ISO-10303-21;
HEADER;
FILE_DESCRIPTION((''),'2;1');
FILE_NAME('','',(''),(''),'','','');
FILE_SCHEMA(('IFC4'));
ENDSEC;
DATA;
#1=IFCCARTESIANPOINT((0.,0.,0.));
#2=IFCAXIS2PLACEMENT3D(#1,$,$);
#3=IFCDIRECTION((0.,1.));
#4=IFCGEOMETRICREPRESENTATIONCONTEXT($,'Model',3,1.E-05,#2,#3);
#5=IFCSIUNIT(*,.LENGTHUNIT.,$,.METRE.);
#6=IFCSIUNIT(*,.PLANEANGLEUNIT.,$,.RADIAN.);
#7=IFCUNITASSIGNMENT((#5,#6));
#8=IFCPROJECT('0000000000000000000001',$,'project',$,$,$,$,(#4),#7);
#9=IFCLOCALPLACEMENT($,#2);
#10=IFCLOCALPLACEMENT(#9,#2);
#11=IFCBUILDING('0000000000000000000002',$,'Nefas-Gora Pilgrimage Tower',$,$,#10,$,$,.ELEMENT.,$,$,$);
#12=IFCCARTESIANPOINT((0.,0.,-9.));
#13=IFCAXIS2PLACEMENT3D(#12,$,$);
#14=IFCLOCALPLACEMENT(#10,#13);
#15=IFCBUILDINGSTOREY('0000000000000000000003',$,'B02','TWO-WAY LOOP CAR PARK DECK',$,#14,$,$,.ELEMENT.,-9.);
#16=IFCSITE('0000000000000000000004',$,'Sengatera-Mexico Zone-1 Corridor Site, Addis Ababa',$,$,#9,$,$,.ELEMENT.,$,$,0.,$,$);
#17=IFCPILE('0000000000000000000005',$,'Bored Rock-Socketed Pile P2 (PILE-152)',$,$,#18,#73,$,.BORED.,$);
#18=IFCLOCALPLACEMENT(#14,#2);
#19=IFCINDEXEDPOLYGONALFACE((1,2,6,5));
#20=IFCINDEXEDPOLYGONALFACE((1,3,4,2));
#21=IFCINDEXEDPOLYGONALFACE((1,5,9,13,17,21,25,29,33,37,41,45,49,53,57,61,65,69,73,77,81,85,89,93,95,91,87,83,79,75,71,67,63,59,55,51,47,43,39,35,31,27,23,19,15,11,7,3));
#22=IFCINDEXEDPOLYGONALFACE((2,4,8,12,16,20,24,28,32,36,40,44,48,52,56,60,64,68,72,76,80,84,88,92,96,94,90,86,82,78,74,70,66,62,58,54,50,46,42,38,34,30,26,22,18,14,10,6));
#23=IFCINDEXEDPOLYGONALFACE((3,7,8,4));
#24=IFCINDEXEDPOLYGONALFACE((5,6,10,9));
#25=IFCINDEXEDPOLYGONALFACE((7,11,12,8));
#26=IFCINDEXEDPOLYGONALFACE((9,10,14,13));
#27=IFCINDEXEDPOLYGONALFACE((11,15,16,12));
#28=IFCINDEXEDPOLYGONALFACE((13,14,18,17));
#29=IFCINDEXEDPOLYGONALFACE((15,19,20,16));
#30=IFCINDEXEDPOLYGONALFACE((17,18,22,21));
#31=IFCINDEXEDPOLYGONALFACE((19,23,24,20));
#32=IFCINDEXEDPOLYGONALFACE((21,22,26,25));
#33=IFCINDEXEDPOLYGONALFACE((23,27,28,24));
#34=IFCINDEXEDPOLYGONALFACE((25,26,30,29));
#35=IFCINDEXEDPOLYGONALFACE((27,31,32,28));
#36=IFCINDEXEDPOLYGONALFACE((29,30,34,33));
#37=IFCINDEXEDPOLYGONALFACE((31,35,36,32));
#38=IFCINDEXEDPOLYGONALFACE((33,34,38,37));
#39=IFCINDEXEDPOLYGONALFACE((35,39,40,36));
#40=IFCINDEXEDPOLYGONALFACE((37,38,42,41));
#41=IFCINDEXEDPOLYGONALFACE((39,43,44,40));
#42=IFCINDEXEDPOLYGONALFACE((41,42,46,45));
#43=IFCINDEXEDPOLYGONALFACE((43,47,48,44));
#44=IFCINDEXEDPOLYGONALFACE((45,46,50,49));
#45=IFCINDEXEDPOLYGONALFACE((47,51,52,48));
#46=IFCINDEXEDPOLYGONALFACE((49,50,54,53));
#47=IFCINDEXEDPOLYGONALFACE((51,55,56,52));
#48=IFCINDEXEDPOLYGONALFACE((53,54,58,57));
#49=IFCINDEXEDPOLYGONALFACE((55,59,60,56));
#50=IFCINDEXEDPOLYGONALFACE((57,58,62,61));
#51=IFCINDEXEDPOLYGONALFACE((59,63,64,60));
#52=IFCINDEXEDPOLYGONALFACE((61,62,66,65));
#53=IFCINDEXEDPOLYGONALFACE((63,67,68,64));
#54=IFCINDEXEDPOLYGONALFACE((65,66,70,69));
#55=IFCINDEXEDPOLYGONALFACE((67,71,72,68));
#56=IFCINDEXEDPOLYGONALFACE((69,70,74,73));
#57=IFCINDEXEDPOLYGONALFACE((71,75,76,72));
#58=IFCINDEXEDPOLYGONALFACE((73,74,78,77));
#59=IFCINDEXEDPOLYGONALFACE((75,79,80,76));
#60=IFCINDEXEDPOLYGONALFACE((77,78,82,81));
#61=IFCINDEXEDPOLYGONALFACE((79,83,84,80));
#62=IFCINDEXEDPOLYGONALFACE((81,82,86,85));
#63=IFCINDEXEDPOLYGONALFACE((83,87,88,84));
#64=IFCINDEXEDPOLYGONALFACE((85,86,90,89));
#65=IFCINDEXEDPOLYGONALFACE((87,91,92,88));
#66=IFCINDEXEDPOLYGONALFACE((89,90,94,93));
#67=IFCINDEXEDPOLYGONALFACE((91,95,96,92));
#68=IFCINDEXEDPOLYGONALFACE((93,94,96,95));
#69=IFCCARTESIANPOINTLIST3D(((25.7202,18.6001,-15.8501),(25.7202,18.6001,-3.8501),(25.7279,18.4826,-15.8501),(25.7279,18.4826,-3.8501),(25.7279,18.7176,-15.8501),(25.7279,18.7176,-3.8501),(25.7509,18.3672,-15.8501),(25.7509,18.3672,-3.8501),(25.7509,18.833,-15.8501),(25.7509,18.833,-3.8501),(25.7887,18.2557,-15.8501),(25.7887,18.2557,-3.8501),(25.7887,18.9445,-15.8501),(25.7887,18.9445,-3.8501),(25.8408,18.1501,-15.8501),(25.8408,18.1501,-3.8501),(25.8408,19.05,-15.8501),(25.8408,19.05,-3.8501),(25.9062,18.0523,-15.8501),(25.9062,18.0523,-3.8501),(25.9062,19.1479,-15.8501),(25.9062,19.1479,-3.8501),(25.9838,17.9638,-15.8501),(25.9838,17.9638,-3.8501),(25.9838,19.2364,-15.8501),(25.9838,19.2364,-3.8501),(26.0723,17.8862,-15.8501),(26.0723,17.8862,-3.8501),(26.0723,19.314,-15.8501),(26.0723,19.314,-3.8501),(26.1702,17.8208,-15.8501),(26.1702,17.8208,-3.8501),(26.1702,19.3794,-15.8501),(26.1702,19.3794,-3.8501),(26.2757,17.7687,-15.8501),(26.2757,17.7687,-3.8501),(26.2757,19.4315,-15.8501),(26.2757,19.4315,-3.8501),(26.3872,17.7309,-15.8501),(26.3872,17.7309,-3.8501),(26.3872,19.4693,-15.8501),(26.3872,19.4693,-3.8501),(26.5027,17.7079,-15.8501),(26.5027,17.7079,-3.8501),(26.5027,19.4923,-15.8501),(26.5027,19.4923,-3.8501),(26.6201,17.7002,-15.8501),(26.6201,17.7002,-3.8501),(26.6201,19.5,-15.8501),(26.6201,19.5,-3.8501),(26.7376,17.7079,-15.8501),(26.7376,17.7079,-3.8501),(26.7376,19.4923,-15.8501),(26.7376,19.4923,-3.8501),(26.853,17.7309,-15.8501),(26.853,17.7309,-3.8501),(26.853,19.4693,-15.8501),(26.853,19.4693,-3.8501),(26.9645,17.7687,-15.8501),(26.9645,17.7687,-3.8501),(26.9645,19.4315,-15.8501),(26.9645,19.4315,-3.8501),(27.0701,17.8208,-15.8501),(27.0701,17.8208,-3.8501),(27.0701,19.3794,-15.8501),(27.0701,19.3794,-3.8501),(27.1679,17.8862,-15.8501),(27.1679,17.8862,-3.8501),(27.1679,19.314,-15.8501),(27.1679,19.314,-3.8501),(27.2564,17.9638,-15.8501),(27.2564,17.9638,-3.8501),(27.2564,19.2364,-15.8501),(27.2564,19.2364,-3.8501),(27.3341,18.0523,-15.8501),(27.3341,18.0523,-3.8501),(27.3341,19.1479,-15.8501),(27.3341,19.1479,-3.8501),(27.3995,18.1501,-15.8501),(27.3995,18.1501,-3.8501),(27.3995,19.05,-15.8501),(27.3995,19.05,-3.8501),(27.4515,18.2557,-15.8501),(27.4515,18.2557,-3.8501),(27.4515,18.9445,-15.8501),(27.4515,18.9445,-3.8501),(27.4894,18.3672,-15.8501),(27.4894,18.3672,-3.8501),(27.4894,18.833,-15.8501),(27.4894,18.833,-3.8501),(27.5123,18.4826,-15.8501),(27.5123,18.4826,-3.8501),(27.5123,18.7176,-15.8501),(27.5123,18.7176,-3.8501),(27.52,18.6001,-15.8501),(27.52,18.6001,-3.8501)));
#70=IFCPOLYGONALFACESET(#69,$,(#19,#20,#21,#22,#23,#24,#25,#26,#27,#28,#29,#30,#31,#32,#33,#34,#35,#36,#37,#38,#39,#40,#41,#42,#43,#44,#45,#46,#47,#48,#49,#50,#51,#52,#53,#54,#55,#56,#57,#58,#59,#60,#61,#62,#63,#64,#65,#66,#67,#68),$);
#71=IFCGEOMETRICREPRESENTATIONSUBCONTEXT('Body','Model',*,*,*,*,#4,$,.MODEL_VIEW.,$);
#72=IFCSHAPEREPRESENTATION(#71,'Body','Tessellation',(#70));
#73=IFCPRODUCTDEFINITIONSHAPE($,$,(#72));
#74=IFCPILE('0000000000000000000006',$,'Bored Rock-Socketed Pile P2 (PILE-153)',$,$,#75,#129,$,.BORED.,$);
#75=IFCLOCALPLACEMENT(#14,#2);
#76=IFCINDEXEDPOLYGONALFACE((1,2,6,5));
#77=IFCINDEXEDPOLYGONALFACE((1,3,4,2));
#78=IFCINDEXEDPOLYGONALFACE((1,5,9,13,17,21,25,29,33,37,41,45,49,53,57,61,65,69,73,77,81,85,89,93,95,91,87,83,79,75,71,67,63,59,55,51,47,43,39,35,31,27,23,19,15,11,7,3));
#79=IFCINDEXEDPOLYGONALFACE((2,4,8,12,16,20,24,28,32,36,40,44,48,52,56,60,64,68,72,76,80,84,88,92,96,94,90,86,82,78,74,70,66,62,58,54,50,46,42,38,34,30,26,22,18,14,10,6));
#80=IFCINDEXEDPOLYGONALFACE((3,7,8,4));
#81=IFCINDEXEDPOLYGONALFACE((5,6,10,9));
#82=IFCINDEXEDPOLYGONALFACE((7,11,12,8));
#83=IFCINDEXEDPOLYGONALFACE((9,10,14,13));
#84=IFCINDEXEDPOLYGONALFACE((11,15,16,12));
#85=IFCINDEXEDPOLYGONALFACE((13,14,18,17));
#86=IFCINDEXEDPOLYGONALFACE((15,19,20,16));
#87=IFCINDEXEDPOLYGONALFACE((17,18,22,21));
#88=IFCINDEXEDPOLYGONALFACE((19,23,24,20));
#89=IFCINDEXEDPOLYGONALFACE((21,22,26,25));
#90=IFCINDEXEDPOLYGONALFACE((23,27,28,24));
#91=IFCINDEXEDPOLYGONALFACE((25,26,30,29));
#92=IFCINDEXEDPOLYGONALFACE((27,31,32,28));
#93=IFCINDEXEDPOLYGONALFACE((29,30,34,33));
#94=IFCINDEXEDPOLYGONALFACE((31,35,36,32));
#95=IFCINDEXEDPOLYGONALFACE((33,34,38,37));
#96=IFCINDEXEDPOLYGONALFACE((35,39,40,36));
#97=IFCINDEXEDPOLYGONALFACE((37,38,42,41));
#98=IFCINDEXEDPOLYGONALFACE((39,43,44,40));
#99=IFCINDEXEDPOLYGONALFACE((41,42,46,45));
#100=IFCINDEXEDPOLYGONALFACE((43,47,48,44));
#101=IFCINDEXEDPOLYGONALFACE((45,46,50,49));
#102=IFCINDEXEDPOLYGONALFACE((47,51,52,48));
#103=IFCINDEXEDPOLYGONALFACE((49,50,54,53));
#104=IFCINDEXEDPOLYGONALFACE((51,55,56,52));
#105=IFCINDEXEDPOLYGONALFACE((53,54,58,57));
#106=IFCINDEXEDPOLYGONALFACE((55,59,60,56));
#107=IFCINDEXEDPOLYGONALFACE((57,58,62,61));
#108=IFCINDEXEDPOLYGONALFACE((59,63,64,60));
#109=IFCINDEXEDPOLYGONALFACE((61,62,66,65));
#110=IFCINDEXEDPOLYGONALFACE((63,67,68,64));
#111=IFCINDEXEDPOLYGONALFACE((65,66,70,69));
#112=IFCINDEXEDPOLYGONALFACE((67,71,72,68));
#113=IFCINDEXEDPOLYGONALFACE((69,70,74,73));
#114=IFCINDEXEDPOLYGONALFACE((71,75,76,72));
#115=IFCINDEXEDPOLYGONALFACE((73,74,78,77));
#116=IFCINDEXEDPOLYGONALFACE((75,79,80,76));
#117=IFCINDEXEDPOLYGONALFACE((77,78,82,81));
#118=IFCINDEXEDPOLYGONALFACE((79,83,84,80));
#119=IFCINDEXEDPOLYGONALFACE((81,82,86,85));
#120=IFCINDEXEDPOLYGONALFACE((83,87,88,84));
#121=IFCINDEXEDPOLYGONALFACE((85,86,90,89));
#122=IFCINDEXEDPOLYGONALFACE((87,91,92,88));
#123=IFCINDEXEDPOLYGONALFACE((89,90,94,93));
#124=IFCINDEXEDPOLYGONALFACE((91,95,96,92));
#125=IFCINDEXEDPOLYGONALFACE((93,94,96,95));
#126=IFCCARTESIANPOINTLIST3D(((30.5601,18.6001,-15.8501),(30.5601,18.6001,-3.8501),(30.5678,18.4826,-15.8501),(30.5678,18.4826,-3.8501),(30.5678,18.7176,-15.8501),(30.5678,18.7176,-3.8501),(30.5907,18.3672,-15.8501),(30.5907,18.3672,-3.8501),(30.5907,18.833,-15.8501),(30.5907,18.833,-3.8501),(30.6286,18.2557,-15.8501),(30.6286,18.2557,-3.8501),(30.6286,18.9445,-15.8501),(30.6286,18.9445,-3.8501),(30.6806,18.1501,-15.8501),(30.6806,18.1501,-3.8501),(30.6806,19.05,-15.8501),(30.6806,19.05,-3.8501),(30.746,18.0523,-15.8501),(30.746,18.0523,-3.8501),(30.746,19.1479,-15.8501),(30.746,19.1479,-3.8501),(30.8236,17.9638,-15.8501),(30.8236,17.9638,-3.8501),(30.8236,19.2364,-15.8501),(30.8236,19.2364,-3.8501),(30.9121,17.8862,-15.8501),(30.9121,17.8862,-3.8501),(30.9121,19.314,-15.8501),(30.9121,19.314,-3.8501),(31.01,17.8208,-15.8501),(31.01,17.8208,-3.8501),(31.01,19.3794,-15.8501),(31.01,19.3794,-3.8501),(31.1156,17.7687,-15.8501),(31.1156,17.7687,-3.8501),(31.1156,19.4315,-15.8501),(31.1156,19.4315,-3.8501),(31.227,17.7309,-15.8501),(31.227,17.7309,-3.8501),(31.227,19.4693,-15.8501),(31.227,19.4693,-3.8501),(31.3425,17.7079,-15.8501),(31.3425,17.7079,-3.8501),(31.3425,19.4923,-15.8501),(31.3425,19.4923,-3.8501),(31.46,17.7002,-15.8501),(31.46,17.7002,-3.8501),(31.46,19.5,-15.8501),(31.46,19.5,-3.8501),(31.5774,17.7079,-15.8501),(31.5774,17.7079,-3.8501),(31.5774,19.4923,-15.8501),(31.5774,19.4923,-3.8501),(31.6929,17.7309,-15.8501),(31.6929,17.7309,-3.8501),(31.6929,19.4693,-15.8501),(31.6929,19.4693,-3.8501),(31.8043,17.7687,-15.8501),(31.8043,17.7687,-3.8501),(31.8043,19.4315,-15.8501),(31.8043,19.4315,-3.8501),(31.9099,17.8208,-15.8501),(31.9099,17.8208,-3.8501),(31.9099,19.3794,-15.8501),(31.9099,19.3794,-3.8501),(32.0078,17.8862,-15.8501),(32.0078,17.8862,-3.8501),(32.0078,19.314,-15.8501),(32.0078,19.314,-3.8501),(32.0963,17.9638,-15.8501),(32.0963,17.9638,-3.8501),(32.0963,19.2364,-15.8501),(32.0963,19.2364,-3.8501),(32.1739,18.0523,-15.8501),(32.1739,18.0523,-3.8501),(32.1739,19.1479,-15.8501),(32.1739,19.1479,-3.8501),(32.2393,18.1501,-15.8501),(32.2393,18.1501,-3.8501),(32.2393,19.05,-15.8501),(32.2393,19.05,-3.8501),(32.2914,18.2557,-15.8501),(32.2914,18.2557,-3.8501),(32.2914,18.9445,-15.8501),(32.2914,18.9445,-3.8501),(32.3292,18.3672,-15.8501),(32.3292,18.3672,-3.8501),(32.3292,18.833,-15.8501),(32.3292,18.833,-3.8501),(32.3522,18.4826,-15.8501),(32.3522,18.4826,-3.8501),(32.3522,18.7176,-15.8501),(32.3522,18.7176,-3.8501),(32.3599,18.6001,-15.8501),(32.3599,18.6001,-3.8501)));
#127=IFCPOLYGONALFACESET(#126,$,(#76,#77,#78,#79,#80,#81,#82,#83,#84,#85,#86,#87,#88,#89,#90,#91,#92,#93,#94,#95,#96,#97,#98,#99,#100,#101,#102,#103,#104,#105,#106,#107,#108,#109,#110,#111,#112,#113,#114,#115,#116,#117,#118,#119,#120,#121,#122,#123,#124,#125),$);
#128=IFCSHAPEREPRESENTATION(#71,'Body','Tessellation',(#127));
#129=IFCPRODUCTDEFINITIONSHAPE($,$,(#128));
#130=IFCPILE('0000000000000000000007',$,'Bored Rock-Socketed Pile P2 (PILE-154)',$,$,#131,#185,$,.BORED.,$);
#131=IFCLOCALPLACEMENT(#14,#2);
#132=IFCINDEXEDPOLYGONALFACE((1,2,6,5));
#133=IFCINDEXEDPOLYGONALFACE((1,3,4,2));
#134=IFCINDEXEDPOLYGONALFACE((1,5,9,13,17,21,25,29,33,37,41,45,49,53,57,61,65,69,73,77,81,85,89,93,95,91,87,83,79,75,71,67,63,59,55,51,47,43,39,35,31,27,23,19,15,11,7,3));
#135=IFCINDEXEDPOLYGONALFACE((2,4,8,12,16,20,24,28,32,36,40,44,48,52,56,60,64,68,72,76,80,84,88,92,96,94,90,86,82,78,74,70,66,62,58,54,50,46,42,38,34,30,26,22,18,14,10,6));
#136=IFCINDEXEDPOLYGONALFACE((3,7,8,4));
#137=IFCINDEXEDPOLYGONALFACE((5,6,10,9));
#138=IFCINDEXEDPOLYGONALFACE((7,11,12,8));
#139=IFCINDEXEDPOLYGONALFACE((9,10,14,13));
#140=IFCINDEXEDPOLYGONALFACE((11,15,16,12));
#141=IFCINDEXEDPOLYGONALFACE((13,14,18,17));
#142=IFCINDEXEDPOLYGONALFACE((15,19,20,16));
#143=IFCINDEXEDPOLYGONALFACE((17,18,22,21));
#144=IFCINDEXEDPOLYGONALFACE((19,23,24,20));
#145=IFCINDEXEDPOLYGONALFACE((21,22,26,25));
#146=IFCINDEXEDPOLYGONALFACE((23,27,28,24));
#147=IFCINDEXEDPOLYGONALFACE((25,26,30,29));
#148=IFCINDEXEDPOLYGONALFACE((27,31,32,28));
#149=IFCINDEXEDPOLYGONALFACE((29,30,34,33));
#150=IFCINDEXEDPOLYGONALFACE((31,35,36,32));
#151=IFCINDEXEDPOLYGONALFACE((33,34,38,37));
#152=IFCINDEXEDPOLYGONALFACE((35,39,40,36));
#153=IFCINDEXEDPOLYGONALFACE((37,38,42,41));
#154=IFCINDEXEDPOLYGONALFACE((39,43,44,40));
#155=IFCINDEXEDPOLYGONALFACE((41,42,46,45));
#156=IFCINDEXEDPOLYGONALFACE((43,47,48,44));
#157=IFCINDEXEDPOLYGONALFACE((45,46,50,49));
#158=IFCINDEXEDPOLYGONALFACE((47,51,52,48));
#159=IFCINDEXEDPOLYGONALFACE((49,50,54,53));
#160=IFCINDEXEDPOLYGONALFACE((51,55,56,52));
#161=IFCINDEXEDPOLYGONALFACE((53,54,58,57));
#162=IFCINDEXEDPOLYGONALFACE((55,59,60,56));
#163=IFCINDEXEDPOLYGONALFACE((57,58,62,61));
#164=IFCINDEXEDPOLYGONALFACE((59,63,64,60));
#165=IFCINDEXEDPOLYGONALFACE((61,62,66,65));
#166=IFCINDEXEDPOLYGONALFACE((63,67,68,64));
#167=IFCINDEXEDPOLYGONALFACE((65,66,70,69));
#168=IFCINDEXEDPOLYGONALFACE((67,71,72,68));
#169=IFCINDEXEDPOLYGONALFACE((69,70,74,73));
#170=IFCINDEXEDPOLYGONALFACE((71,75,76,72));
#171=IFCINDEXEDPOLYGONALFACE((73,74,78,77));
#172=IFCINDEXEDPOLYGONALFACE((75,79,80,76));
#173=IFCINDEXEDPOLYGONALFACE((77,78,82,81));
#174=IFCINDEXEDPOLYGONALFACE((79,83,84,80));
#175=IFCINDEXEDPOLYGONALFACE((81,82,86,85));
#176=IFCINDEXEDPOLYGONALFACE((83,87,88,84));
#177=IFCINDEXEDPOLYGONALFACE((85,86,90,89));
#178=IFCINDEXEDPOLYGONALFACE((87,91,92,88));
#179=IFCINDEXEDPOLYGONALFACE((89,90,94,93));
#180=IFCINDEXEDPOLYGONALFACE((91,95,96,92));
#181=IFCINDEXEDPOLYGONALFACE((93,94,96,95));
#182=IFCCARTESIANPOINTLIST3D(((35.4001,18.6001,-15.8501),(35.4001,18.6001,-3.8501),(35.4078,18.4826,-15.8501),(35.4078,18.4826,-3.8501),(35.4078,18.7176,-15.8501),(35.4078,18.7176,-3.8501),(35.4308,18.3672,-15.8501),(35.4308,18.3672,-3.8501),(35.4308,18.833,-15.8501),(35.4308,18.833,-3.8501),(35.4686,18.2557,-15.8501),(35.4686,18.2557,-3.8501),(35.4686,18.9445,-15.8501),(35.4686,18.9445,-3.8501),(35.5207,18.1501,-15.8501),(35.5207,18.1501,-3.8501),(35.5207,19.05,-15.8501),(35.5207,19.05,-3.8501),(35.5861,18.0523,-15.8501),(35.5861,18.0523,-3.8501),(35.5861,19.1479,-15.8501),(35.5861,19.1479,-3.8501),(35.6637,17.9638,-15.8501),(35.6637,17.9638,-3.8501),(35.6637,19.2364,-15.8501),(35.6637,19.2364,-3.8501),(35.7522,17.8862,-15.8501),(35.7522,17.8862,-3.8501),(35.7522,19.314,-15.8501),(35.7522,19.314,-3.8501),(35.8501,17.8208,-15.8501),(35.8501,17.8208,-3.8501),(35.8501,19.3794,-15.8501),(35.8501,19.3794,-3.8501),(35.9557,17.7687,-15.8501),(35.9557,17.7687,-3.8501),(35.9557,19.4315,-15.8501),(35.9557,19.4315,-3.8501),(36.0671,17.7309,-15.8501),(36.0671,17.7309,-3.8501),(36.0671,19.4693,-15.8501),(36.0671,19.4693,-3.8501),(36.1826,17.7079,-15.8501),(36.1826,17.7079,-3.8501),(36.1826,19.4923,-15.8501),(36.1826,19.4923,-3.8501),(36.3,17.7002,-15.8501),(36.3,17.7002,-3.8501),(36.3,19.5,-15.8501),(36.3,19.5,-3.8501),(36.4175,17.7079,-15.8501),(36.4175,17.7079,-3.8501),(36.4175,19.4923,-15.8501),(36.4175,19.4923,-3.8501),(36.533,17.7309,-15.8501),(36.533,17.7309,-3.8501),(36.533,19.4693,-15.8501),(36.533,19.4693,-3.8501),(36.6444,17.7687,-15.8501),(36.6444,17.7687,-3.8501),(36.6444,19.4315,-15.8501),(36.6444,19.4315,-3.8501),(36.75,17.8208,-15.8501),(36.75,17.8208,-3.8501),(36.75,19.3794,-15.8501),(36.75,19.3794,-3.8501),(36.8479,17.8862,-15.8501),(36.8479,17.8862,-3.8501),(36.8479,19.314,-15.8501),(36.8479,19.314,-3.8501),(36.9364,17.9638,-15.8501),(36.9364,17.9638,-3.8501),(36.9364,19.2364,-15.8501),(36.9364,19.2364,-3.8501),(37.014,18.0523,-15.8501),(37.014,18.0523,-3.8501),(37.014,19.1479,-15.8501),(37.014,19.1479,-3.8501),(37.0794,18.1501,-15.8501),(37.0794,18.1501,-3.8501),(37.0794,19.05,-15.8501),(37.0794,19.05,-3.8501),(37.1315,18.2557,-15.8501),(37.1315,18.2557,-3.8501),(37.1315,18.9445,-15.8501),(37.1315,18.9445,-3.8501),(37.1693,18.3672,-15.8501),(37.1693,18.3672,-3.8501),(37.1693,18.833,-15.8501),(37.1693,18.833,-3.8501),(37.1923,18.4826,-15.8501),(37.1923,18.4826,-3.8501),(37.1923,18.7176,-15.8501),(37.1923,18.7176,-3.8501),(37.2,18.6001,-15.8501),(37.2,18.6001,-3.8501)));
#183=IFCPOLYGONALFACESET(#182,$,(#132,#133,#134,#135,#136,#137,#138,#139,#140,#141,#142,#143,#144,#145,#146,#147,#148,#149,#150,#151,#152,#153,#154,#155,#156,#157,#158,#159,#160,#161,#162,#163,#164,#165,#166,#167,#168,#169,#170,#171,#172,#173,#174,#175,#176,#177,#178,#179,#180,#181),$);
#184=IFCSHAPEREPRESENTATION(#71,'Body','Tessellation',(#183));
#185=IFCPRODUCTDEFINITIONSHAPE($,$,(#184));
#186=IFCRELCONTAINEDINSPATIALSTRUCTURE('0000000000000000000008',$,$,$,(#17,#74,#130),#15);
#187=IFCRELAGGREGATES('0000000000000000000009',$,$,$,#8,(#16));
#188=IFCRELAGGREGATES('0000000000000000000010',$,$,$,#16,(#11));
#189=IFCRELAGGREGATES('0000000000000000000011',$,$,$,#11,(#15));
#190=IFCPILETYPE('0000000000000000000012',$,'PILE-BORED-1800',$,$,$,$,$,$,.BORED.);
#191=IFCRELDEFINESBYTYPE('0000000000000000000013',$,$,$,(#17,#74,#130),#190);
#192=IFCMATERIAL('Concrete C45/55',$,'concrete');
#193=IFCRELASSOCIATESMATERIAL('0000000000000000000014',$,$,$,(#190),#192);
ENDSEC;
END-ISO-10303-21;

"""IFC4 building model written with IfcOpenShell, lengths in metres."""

from ifc_helpers import new_model, si_unit, direction, frame, origin, origin_2d, place, context, subcontext, project, spatial, circle, extrude, source, transform, mapped, material, material_profile, profile_set, type_object, element, save


model = new_model("IFC4")

# Units and contexts
model_context = context("Model", 3, precision=1e-05, world=origin(), true_north=direction((0.0, 1.0)))
body_context = subcontext(model_context, "Body", "Model", "MODEL_VIEW")
ifc_project = project(units=[si_unit("LENGTHUNIT", "METRE"), si_unit("PLANEANGLEUNIT", "RADIAN")], contexts=[model_context])

# Site, building, storey
site_placement = place(None, origin())
site = spatial("IfcSite", under=ifc_project, at=site_placement, Name="Sengatera-Mexico Zone-1 Corridor Site, Addis Ababa", CompositionType="ELEMENT", RefElevation=0.0)
building_placement = place(site_placement, origin())
building = spatial("IfcBuilding", under=site, at=building_placement, Name="Nefas-Gora Pilgrimage Tower", CompositionType="ELEMENT")
storey_placement = place(building_placement, frame((0.0, 0.0, -9.0)))
storey = spatial("IfcBuildingStorey", under=building, at=storey_placement, Name="B02", Description="TWO-WAY LOOP CAR PARK DECK", CompositionType="ELEMENT", Elevation=-9.0)

# Piles
ifc_material_1 = material(Name="Concrete C45/55", Category="concrete")
ifc_material_profile_1 = material_profile(ifc_material_1, circle(Radius=0.8999, at=origin_2d()), Name="PILE D1800")
ifc_profile_set_1 = profile_set([ifc_material_profile_1], Name="Concrete C45/55")
pile_type = type_object("IfcPileType", Name="PILE-BORED-1800", PredefinedType="BORED", material=ifc_profile_set_1)
shared_shape_1 = source(origin(), body_context, "Body", "SweptSolid", [
    extrude(circle(Radius=0.8999, at=origin_2d()), origin(), (0.0, 0.0, 1.0), 12.0),
])
for number, where, z_axis, x_axis, name in (
    (1, (26.6201, 18.6001, -3.8501), (0.0, 0.0, -1.0), (1.0, 0.0, 0.0), "Bored Rock-Socketed Pile P2 (PILE-152)"),
    (2, (31.46, 18.6001, -3.8501), (0.0, 0.0, -1.0), (1.0, 0.0, 0.0), "Bored Rock-Socketed Pile P2 (PILE-153)"),
    (3, (36.3, 18.6001, -3.8501), (0.0, 0.0, -1.0), (1.0, 0.0, 0.0), "Bored Rock-Socketed Pile P2 (PILE-154)"),
):
    element("IfcPile", number, at=place(storey_placement, frame(where, z_axis=z_axis, x_axis=x_axis)), inside=storey, type_object=pile_type, Name=name, PredefinedType="BORED", context=body_context, shape_type="MappedRepresentation", body=[
        mapped(shared_shape_1, transform((0.0, 0.0, 0.0), x_axis=(1.0, 0.0, 0.0), y_axis=(0.0, 1.0, 0.0), z_axis=(0.0, 0.0, 1.0), scale=1.0)),
    ])

save(model, "model.ifc")
